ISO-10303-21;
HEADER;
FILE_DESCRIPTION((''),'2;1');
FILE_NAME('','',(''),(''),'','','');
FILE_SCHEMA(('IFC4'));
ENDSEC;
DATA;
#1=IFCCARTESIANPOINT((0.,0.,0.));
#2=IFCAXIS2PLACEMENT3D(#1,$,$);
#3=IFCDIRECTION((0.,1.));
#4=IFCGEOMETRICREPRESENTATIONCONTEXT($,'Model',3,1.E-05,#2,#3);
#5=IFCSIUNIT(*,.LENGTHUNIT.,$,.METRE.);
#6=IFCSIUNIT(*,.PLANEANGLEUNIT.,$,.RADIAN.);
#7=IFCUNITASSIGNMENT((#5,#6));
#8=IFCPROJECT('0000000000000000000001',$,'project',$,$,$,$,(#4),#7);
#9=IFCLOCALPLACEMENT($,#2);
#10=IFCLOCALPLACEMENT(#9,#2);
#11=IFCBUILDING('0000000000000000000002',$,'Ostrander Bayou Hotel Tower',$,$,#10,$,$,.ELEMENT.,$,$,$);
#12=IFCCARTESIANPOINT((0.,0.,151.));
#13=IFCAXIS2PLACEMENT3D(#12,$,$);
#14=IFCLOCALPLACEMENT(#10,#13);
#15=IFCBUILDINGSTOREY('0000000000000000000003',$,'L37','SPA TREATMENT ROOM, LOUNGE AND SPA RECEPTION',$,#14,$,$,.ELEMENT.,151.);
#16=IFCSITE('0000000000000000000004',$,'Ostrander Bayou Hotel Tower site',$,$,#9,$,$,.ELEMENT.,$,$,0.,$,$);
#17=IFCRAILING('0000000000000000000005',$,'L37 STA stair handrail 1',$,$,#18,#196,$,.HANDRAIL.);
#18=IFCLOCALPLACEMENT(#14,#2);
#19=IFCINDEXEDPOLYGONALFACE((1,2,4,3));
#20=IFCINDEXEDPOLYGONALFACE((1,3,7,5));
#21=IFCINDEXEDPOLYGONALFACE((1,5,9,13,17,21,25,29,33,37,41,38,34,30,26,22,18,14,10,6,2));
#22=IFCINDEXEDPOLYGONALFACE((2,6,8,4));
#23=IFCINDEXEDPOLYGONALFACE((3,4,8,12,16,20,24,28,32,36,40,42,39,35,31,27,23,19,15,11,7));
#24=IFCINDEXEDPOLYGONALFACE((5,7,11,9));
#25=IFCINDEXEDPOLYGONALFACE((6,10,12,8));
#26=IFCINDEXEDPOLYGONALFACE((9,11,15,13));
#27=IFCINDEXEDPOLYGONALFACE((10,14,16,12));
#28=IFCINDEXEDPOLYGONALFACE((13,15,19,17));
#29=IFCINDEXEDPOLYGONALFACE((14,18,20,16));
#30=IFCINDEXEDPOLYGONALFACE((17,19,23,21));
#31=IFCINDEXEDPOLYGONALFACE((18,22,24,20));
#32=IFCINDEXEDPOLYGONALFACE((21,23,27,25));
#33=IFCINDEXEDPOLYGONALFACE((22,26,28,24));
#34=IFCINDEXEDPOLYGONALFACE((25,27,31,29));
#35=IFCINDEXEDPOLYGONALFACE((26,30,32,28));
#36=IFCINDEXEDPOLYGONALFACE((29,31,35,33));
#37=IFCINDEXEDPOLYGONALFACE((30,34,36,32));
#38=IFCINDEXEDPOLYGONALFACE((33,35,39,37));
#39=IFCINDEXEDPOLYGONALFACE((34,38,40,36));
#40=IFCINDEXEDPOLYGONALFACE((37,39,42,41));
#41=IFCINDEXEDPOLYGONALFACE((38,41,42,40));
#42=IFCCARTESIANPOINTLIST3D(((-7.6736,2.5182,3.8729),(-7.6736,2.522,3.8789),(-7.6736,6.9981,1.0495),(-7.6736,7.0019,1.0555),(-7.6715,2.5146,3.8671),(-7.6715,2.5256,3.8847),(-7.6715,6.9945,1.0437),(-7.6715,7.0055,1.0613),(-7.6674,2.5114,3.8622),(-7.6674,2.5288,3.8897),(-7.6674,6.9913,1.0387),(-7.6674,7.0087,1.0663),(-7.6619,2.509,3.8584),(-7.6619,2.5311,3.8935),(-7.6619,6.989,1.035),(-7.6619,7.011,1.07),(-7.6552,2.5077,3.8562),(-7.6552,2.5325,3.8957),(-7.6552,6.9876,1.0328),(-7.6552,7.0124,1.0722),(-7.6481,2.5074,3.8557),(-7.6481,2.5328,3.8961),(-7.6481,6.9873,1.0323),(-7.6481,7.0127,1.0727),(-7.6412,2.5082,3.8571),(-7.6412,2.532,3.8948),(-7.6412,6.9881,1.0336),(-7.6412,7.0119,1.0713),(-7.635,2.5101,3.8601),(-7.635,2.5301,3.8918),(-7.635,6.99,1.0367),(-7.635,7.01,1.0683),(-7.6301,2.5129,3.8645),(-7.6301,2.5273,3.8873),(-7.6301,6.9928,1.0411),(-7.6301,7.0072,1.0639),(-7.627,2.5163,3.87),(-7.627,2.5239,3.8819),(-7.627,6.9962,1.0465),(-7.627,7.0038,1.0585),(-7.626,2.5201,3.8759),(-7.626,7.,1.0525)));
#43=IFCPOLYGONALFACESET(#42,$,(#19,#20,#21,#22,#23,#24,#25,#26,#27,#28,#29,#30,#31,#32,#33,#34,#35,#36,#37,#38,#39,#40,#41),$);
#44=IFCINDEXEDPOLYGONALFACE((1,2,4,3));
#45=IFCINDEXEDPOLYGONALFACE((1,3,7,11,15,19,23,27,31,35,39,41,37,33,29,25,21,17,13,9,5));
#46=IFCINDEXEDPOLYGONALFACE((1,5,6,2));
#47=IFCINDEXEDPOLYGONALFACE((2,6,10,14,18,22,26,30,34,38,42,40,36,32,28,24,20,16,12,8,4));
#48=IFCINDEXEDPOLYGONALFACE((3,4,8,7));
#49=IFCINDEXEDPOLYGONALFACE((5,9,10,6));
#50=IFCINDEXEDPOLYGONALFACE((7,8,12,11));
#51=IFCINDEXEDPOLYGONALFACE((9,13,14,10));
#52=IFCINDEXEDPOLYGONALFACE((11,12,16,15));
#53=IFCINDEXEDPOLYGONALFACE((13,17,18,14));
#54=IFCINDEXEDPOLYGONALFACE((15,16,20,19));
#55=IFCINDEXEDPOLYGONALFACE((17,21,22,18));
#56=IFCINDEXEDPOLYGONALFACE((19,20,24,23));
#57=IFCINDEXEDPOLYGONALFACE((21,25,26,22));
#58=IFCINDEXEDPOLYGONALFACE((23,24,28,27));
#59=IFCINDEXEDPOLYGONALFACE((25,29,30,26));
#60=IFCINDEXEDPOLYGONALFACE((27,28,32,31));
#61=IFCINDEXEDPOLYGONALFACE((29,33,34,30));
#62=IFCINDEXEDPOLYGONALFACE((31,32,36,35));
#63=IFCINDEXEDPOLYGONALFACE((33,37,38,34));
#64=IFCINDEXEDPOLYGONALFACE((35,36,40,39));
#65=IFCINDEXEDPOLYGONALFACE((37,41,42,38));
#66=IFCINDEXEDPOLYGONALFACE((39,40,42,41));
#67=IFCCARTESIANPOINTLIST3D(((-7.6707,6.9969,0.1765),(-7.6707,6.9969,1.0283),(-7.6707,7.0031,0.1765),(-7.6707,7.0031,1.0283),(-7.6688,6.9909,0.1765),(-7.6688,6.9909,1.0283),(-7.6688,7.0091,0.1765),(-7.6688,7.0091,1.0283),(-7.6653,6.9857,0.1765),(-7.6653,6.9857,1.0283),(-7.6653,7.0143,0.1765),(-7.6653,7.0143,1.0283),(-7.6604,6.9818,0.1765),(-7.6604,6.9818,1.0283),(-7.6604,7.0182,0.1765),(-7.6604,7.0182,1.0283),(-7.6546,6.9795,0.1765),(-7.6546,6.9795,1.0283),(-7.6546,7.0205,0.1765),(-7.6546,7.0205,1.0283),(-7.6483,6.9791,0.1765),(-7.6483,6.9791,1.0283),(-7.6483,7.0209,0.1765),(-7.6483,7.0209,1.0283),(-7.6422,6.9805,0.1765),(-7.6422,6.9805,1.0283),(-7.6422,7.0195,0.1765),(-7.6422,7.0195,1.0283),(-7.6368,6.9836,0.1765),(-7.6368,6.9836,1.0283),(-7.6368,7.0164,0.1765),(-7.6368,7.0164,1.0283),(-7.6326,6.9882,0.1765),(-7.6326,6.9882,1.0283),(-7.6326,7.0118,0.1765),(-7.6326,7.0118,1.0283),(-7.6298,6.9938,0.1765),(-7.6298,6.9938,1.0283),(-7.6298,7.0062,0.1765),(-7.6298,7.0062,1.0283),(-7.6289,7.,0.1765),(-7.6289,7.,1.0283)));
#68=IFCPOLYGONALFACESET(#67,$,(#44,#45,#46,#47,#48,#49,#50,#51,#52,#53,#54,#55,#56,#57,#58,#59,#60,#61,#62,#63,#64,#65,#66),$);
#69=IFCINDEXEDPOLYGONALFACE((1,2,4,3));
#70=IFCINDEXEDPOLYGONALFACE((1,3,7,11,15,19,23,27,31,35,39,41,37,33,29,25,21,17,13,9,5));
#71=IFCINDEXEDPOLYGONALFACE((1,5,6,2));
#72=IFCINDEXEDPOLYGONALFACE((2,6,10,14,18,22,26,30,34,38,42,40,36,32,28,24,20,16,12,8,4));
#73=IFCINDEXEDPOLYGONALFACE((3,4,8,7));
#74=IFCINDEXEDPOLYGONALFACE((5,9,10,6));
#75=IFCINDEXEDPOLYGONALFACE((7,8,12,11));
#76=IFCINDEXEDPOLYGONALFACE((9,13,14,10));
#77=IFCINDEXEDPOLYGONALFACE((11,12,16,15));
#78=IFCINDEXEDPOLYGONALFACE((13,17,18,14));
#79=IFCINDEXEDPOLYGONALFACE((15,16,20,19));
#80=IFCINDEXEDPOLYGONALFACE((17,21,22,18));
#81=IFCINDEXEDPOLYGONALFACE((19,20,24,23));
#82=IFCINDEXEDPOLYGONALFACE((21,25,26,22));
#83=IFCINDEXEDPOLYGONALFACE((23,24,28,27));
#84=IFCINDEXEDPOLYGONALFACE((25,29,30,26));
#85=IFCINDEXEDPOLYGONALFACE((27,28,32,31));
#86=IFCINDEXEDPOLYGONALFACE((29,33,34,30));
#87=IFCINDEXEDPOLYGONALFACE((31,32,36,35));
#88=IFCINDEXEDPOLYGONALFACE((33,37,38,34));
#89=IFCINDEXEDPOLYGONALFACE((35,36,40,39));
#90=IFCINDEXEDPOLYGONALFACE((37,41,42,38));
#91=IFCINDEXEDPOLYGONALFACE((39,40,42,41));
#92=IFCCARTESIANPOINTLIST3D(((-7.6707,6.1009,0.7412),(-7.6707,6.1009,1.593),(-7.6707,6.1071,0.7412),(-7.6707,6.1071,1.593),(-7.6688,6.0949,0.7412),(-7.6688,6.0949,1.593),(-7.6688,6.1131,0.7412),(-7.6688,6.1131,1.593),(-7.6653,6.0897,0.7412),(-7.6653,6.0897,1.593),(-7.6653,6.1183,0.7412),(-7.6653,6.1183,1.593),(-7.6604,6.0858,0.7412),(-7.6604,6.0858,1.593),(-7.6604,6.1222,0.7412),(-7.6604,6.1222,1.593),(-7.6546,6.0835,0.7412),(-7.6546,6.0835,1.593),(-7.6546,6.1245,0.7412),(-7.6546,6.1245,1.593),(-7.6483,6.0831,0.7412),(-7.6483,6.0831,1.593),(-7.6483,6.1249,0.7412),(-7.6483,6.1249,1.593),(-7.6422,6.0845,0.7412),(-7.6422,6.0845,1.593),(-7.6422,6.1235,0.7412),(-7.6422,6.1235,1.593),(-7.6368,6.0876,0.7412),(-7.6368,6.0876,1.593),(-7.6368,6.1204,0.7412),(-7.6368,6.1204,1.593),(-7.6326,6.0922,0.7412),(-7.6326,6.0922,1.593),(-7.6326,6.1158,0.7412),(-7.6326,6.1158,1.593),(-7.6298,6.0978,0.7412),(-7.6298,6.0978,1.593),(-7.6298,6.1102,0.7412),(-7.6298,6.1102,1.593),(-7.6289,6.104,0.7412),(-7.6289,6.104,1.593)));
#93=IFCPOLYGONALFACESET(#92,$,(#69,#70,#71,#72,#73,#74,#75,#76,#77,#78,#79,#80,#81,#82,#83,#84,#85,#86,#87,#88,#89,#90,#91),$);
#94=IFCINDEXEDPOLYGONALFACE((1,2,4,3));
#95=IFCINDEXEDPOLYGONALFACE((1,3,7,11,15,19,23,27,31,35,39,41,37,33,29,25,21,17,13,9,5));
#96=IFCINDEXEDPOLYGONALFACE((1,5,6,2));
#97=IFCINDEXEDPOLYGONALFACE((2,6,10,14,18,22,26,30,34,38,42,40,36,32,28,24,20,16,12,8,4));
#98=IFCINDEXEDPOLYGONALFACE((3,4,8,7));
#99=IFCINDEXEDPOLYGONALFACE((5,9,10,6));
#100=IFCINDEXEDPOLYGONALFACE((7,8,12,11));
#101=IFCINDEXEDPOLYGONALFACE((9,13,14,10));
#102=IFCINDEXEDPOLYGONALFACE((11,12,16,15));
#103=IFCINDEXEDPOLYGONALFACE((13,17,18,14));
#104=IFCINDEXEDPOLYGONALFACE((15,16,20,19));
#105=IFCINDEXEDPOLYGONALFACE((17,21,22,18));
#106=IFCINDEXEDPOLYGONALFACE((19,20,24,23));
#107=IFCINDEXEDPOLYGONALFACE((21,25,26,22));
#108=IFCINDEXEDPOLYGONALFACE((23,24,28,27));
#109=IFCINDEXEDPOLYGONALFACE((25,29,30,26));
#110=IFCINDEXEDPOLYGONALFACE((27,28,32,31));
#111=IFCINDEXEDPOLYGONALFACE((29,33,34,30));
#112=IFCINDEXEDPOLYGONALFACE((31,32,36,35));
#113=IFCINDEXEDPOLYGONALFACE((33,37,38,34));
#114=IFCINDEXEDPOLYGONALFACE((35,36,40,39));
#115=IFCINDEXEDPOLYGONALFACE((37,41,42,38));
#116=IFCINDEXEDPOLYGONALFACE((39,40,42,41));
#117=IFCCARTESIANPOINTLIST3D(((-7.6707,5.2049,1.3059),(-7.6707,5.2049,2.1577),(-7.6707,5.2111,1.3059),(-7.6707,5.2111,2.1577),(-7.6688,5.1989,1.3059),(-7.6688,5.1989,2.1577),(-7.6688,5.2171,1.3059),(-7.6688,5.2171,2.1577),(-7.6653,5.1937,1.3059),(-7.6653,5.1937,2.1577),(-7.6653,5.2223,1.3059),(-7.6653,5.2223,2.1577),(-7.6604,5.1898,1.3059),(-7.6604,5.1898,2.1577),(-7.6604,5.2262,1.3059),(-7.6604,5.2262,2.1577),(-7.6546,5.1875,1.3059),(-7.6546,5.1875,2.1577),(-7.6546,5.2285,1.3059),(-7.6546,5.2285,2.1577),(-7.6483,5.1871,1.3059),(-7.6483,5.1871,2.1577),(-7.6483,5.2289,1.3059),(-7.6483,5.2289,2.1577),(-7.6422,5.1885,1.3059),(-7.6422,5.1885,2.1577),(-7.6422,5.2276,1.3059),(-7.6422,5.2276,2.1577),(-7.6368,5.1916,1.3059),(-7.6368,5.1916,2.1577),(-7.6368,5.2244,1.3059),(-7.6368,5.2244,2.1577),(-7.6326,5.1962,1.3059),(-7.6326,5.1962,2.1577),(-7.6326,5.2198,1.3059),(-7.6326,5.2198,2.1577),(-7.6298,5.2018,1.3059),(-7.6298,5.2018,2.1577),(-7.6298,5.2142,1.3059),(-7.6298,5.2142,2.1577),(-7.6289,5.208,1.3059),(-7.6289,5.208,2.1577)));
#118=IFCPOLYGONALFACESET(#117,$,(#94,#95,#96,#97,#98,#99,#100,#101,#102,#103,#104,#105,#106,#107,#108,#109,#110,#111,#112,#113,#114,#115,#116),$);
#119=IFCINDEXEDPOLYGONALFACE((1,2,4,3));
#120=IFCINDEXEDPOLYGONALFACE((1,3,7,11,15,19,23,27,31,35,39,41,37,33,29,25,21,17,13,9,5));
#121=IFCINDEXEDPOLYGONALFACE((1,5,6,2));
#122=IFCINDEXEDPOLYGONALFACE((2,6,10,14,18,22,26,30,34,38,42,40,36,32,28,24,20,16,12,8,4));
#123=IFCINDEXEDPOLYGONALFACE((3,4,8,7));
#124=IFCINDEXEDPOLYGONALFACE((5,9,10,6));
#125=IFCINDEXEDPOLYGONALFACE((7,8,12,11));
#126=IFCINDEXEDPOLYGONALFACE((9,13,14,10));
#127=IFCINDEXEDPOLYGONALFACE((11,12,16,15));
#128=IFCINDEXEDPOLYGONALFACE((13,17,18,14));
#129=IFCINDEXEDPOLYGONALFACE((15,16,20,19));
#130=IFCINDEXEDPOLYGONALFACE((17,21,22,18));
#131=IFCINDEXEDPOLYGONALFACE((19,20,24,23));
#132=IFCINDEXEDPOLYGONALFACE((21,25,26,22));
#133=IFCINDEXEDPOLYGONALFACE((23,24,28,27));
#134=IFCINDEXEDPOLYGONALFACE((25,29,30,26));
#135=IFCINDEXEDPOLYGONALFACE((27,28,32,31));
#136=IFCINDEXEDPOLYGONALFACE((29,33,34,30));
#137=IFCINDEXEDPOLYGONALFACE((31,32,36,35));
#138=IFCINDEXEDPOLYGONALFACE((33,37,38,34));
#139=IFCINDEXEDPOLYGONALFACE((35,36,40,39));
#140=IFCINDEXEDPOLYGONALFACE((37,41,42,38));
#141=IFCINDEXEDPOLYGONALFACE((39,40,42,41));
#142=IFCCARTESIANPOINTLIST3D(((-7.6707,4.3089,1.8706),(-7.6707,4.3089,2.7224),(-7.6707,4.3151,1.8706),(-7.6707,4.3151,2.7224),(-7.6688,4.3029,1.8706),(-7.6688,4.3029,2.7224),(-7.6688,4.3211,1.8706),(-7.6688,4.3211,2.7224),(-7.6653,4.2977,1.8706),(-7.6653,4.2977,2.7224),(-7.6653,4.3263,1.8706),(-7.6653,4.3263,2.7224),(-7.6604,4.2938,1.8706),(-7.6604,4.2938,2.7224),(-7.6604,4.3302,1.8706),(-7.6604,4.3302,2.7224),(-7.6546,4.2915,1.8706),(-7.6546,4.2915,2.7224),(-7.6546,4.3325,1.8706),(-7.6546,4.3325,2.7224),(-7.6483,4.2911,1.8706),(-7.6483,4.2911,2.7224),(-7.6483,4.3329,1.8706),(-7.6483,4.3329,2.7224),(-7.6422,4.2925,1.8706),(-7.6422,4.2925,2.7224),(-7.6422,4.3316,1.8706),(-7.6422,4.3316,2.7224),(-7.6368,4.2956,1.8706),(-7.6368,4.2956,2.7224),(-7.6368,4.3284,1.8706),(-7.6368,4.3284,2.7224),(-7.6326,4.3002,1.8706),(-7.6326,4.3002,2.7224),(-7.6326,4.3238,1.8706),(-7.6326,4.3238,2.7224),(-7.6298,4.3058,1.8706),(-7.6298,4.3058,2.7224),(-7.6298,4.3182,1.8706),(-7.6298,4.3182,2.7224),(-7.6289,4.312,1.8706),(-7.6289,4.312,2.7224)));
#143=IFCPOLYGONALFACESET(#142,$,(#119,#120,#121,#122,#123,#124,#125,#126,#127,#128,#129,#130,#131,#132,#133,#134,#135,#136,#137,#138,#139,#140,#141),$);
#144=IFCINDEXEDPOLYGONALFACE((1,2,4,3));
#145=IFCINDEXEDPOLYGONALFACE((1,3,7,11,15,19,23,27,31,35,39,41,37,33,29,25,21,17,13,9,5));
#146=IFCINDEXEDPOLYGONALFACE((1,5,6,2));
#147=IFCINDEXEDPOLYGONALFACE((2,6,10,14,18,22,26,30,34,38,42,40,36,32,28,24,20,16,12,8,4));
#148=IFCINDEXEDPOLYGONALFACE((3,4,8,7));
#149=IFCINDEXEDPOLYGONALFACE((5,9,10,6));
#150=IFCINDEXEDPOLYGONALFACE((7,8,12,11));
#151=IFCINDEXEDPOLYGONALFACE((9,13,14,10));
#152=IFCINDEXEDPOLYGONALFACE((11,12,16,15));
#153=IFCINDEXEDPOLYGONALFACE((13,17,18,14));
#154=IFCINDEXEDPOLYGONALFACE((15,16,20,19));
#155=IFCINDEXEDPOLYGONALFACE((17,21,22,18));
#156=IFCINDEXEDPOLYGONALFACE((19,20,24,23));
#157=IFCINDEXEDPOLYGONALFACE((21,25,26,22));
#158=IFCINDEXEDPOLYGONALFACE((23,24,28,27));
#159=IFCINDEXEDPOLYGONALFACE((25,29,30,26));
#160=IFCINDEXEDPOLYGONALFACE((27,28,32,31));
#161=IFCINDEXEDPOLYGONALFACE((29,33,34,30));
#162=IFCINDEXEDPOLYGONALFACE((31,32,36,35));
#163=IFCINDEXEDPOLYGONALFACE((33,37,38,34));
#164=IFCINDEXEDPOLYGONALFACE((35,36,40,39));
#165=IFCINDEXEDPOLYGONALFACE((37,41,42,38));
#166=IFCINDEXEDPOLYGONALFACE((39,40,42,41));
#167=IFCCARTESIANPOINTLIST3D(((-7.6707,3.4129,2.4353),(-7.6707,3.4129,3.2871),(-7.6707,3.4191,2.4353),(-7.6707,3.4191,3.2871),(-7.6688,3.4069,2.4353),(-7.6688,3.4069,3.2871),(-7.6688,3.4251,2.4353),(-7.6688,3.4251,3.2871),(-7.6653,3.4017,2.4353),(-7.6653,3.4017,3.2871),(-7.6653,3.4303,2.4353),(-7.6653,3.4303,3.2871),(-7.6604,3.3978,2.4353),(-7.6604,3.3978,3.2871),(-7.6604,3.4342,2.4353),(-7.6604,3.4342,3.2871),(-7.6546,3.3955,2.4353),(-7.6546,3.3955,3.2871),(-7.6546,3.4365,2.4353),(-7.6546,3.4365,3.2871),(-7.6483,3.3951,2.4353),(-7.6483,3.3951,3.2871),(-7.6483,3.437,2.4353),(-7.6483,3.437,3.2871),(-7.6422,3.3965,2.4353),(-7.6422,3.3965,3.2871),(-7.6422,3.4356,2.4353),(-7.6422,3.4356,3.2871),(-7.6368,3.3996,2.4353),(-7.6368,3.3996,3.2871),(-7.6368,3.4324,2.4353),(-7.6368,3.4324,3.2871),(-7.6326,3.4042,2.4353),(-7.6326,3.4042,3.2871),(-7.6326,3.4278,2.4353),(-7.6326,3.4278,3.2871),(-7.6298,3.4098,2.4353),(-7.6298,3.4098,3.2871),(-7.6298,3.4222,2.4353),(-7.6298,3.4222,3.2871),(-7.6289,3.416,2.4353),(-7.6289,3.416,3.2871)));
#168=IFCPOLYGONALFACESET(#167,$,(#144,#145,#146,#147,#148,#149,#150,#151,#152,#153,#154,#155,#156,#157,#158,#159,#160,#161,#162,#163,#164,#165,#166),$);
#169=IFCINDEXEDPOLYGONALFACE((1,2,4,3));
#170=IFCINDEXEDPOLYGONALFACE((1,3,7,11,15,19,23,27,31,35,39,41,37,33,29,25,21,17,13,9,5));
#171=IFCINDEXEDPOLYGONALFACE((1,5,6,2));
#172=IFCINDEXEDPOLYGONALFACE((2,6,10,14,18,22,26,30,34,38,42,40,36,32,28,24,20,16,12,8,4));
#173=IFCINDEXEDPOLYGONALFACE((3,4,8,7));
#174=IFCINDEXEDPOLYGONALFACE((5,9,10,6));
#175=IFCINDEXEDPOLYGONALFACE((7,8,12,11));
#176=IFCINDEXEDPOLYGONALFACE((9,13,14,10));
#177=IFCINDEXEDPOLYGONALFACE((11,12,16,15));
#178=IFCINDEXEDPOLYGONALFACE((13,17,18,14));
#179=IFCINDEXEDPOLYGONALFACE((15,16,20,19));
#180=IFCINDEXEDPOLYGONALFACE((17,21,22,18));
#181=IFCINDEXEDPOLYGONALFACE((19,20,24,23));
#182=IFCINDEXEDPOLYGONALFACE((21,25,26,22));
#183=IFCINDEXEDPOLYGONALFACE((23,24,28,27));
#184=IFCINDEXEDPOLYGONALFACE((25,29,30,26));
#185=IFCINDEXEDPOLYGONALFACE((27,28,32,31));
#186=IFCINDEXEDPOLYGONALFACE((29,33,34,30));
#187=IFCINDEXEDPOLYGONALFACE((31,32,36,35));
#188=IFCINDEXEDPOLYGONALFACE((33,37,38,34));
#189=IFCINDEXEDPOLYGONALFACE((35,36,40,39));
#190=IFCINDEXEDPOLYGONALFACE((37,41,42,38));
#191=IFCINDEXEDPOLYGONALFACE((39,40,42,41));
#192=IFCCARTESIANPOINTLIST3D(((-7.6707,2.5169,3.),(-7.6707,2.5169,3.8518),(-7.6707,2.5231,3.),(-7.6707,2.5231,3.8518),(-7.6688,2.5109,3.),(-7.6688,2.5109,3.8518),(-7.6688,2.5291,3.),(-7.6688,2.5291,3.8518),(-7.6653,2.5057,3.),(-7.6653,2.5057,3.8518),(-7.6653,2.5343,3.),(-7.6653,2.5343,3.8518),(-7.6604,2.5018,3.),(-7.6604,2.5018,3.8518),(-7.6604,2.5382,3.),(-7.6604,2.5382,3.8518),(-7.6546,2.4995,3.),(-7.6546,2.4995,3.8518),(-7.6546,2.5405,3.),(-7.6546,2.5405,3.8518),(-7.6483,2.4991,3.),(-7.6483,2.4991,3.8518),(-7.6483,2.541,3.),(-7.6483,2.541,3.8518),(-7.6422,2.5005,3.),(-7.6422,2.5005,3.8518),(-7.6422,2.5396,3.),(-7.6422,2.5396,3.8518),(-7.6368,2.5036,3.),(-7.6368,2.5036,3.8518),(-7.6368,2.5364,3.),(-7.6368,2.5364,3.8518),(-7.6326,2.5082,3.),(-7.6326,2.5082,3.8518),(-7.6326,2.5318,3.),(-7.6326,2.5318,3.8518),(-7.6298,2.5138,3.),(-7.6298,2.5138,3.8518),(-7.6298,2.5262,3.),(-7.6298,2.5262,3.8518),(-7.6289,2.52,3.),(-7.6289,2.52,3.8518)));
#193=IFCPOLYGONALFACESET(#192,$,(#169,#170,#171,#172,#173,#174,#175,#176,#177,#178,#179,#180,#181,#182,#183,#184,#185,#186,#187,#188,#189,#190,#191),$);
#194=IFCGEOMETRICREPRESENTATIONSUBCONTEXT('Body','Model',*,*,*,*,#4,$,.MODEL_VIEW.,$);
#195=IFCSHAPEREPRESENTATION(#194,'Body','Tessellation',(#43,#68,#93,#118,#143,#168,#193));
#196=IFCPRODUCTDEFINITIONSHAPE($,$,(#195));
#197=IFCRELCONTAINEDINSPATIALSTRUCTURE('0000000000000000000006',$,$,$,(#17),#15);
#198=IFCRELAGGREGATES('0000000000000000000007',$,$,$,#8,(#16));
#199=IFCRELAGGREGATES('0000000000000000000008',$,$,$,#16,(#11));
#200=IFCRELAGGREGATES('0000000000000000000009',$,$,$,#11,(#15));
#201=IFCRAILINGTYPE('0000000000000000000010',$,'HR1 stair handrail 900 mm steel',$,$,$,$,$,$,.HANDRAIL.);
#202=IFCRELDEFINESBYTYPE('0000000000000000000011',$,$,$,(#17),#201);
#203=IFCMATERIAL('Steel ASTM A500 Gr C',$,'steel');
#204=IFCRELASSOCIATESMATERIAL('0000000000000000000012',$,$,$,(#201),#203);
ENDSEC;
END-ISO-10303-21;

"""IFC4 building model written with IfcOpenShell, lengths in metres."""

from ifc_helpers import new_model, si_unit, direction, frame, origin, origin_2d, place, context, subcontext, project, spatial, circle, extrude, material, type_object, element, save


model = new_model("IFC4")

# Units and contexts
model_context = context("Model", 3, precision=1e-05, world=origin(), true_north=direction((0.0, 1.0)))
body_context = subcontext(model_context, "Body", "Model", "MODEL_VIEW")
ifc_project = project(units=[si_unit("LENGTHUNIT", "METRE"), si_unit("PLANEANGLEUNIT", "RADIAN")], contexts=[model_context])

# Site, building, storey
site_placement = place(None, origin())
site = spatial("IfcSite", under=ifc_project, at=site_placement, Name="Ostrander Bayou Hotel Tower site", CompositionType="ELEMENT", RefElevation=0.0)
building_placement = place(site_placement, origin())
building = spatial("IfcBuilding", under=site, at=building_placement, Name="Ostrander Bayou Hotel Tower", CompositionType="ELEMENT")
storey_placement = place(building_placement, frame((0.0, 0.0, 151.0)))
storey = spatial("IfcBuildingStorey", under=building, at=storey_placement, Name="L37", Description="SPA TREATMENT ROOM, LOUNGE AND SPA RECEPTION", CompositionType="ELEMENT", Elevation=151.0)

# Railing
ifc_material_1 = material(Name="Steel ASTM A500 Gr C", Category="steel")
railing_type_1 = type_object("IfcRailingType", Name="HR1 stair handrail 900 mm steel", PredefinedType="HANDRAIL", material=ifc_material_1)
railing_1_placement = place(storey_placement, frame((-7.6499, 7.0, 0.1765)))
element("IfcRailing", 1, at=railing_1_placement, inside=storey, type_object=railing_type_1, Name="L37 STA stair handrail 1", PredefinedType="HANDRAIL", context=body_context, shape_type="SweptSolid", body=[
    extrude(circle(Radius=0.0239, at=origin_2d()), frame((0.0, 0.0, 0.876), z_axis=(0.0, -0.845998, 0.533186), x_axis=(1.0, 0.0, 0.0)), (0.0, 0.0, 1.0), 5.2954),
    extrude(circle(Radius=0.021, at=origin_2d()), origin(), (0.0, 0.0, 1.0), 0.8518),
    extrude(circle(Radius=0.021, at=origin_2d()), frame((0.0, -0.896, 0.5647)), (0.0, 0.0, 1.0), 0.8518),
    extrude(circle(Radius=0.021, at=origin_2d()), frame((0.0, -1.792, 1.1294)), (0.0, 0.0, 1.0), 0.8518),
    extrude(circle(Radius=0.021, at=origin_2d()), frame((0.0, -2.688, 1.6941)), (0.0, 0.0, 1.0), 0.8518),
    extrude(circle(Radius=0.021, at=origin_2d()), frame((0.0, -3.584, 2.2588)), (0.0, 0.0, 1.0), 0.8518),
    extrude(circle(Radius=0.021, at=origin_2d()), frame((0.0, -4.48, 2.8235)), (0.0, 0.0, 1.0), 0.8518),
])

save(model, "model.ifc")
